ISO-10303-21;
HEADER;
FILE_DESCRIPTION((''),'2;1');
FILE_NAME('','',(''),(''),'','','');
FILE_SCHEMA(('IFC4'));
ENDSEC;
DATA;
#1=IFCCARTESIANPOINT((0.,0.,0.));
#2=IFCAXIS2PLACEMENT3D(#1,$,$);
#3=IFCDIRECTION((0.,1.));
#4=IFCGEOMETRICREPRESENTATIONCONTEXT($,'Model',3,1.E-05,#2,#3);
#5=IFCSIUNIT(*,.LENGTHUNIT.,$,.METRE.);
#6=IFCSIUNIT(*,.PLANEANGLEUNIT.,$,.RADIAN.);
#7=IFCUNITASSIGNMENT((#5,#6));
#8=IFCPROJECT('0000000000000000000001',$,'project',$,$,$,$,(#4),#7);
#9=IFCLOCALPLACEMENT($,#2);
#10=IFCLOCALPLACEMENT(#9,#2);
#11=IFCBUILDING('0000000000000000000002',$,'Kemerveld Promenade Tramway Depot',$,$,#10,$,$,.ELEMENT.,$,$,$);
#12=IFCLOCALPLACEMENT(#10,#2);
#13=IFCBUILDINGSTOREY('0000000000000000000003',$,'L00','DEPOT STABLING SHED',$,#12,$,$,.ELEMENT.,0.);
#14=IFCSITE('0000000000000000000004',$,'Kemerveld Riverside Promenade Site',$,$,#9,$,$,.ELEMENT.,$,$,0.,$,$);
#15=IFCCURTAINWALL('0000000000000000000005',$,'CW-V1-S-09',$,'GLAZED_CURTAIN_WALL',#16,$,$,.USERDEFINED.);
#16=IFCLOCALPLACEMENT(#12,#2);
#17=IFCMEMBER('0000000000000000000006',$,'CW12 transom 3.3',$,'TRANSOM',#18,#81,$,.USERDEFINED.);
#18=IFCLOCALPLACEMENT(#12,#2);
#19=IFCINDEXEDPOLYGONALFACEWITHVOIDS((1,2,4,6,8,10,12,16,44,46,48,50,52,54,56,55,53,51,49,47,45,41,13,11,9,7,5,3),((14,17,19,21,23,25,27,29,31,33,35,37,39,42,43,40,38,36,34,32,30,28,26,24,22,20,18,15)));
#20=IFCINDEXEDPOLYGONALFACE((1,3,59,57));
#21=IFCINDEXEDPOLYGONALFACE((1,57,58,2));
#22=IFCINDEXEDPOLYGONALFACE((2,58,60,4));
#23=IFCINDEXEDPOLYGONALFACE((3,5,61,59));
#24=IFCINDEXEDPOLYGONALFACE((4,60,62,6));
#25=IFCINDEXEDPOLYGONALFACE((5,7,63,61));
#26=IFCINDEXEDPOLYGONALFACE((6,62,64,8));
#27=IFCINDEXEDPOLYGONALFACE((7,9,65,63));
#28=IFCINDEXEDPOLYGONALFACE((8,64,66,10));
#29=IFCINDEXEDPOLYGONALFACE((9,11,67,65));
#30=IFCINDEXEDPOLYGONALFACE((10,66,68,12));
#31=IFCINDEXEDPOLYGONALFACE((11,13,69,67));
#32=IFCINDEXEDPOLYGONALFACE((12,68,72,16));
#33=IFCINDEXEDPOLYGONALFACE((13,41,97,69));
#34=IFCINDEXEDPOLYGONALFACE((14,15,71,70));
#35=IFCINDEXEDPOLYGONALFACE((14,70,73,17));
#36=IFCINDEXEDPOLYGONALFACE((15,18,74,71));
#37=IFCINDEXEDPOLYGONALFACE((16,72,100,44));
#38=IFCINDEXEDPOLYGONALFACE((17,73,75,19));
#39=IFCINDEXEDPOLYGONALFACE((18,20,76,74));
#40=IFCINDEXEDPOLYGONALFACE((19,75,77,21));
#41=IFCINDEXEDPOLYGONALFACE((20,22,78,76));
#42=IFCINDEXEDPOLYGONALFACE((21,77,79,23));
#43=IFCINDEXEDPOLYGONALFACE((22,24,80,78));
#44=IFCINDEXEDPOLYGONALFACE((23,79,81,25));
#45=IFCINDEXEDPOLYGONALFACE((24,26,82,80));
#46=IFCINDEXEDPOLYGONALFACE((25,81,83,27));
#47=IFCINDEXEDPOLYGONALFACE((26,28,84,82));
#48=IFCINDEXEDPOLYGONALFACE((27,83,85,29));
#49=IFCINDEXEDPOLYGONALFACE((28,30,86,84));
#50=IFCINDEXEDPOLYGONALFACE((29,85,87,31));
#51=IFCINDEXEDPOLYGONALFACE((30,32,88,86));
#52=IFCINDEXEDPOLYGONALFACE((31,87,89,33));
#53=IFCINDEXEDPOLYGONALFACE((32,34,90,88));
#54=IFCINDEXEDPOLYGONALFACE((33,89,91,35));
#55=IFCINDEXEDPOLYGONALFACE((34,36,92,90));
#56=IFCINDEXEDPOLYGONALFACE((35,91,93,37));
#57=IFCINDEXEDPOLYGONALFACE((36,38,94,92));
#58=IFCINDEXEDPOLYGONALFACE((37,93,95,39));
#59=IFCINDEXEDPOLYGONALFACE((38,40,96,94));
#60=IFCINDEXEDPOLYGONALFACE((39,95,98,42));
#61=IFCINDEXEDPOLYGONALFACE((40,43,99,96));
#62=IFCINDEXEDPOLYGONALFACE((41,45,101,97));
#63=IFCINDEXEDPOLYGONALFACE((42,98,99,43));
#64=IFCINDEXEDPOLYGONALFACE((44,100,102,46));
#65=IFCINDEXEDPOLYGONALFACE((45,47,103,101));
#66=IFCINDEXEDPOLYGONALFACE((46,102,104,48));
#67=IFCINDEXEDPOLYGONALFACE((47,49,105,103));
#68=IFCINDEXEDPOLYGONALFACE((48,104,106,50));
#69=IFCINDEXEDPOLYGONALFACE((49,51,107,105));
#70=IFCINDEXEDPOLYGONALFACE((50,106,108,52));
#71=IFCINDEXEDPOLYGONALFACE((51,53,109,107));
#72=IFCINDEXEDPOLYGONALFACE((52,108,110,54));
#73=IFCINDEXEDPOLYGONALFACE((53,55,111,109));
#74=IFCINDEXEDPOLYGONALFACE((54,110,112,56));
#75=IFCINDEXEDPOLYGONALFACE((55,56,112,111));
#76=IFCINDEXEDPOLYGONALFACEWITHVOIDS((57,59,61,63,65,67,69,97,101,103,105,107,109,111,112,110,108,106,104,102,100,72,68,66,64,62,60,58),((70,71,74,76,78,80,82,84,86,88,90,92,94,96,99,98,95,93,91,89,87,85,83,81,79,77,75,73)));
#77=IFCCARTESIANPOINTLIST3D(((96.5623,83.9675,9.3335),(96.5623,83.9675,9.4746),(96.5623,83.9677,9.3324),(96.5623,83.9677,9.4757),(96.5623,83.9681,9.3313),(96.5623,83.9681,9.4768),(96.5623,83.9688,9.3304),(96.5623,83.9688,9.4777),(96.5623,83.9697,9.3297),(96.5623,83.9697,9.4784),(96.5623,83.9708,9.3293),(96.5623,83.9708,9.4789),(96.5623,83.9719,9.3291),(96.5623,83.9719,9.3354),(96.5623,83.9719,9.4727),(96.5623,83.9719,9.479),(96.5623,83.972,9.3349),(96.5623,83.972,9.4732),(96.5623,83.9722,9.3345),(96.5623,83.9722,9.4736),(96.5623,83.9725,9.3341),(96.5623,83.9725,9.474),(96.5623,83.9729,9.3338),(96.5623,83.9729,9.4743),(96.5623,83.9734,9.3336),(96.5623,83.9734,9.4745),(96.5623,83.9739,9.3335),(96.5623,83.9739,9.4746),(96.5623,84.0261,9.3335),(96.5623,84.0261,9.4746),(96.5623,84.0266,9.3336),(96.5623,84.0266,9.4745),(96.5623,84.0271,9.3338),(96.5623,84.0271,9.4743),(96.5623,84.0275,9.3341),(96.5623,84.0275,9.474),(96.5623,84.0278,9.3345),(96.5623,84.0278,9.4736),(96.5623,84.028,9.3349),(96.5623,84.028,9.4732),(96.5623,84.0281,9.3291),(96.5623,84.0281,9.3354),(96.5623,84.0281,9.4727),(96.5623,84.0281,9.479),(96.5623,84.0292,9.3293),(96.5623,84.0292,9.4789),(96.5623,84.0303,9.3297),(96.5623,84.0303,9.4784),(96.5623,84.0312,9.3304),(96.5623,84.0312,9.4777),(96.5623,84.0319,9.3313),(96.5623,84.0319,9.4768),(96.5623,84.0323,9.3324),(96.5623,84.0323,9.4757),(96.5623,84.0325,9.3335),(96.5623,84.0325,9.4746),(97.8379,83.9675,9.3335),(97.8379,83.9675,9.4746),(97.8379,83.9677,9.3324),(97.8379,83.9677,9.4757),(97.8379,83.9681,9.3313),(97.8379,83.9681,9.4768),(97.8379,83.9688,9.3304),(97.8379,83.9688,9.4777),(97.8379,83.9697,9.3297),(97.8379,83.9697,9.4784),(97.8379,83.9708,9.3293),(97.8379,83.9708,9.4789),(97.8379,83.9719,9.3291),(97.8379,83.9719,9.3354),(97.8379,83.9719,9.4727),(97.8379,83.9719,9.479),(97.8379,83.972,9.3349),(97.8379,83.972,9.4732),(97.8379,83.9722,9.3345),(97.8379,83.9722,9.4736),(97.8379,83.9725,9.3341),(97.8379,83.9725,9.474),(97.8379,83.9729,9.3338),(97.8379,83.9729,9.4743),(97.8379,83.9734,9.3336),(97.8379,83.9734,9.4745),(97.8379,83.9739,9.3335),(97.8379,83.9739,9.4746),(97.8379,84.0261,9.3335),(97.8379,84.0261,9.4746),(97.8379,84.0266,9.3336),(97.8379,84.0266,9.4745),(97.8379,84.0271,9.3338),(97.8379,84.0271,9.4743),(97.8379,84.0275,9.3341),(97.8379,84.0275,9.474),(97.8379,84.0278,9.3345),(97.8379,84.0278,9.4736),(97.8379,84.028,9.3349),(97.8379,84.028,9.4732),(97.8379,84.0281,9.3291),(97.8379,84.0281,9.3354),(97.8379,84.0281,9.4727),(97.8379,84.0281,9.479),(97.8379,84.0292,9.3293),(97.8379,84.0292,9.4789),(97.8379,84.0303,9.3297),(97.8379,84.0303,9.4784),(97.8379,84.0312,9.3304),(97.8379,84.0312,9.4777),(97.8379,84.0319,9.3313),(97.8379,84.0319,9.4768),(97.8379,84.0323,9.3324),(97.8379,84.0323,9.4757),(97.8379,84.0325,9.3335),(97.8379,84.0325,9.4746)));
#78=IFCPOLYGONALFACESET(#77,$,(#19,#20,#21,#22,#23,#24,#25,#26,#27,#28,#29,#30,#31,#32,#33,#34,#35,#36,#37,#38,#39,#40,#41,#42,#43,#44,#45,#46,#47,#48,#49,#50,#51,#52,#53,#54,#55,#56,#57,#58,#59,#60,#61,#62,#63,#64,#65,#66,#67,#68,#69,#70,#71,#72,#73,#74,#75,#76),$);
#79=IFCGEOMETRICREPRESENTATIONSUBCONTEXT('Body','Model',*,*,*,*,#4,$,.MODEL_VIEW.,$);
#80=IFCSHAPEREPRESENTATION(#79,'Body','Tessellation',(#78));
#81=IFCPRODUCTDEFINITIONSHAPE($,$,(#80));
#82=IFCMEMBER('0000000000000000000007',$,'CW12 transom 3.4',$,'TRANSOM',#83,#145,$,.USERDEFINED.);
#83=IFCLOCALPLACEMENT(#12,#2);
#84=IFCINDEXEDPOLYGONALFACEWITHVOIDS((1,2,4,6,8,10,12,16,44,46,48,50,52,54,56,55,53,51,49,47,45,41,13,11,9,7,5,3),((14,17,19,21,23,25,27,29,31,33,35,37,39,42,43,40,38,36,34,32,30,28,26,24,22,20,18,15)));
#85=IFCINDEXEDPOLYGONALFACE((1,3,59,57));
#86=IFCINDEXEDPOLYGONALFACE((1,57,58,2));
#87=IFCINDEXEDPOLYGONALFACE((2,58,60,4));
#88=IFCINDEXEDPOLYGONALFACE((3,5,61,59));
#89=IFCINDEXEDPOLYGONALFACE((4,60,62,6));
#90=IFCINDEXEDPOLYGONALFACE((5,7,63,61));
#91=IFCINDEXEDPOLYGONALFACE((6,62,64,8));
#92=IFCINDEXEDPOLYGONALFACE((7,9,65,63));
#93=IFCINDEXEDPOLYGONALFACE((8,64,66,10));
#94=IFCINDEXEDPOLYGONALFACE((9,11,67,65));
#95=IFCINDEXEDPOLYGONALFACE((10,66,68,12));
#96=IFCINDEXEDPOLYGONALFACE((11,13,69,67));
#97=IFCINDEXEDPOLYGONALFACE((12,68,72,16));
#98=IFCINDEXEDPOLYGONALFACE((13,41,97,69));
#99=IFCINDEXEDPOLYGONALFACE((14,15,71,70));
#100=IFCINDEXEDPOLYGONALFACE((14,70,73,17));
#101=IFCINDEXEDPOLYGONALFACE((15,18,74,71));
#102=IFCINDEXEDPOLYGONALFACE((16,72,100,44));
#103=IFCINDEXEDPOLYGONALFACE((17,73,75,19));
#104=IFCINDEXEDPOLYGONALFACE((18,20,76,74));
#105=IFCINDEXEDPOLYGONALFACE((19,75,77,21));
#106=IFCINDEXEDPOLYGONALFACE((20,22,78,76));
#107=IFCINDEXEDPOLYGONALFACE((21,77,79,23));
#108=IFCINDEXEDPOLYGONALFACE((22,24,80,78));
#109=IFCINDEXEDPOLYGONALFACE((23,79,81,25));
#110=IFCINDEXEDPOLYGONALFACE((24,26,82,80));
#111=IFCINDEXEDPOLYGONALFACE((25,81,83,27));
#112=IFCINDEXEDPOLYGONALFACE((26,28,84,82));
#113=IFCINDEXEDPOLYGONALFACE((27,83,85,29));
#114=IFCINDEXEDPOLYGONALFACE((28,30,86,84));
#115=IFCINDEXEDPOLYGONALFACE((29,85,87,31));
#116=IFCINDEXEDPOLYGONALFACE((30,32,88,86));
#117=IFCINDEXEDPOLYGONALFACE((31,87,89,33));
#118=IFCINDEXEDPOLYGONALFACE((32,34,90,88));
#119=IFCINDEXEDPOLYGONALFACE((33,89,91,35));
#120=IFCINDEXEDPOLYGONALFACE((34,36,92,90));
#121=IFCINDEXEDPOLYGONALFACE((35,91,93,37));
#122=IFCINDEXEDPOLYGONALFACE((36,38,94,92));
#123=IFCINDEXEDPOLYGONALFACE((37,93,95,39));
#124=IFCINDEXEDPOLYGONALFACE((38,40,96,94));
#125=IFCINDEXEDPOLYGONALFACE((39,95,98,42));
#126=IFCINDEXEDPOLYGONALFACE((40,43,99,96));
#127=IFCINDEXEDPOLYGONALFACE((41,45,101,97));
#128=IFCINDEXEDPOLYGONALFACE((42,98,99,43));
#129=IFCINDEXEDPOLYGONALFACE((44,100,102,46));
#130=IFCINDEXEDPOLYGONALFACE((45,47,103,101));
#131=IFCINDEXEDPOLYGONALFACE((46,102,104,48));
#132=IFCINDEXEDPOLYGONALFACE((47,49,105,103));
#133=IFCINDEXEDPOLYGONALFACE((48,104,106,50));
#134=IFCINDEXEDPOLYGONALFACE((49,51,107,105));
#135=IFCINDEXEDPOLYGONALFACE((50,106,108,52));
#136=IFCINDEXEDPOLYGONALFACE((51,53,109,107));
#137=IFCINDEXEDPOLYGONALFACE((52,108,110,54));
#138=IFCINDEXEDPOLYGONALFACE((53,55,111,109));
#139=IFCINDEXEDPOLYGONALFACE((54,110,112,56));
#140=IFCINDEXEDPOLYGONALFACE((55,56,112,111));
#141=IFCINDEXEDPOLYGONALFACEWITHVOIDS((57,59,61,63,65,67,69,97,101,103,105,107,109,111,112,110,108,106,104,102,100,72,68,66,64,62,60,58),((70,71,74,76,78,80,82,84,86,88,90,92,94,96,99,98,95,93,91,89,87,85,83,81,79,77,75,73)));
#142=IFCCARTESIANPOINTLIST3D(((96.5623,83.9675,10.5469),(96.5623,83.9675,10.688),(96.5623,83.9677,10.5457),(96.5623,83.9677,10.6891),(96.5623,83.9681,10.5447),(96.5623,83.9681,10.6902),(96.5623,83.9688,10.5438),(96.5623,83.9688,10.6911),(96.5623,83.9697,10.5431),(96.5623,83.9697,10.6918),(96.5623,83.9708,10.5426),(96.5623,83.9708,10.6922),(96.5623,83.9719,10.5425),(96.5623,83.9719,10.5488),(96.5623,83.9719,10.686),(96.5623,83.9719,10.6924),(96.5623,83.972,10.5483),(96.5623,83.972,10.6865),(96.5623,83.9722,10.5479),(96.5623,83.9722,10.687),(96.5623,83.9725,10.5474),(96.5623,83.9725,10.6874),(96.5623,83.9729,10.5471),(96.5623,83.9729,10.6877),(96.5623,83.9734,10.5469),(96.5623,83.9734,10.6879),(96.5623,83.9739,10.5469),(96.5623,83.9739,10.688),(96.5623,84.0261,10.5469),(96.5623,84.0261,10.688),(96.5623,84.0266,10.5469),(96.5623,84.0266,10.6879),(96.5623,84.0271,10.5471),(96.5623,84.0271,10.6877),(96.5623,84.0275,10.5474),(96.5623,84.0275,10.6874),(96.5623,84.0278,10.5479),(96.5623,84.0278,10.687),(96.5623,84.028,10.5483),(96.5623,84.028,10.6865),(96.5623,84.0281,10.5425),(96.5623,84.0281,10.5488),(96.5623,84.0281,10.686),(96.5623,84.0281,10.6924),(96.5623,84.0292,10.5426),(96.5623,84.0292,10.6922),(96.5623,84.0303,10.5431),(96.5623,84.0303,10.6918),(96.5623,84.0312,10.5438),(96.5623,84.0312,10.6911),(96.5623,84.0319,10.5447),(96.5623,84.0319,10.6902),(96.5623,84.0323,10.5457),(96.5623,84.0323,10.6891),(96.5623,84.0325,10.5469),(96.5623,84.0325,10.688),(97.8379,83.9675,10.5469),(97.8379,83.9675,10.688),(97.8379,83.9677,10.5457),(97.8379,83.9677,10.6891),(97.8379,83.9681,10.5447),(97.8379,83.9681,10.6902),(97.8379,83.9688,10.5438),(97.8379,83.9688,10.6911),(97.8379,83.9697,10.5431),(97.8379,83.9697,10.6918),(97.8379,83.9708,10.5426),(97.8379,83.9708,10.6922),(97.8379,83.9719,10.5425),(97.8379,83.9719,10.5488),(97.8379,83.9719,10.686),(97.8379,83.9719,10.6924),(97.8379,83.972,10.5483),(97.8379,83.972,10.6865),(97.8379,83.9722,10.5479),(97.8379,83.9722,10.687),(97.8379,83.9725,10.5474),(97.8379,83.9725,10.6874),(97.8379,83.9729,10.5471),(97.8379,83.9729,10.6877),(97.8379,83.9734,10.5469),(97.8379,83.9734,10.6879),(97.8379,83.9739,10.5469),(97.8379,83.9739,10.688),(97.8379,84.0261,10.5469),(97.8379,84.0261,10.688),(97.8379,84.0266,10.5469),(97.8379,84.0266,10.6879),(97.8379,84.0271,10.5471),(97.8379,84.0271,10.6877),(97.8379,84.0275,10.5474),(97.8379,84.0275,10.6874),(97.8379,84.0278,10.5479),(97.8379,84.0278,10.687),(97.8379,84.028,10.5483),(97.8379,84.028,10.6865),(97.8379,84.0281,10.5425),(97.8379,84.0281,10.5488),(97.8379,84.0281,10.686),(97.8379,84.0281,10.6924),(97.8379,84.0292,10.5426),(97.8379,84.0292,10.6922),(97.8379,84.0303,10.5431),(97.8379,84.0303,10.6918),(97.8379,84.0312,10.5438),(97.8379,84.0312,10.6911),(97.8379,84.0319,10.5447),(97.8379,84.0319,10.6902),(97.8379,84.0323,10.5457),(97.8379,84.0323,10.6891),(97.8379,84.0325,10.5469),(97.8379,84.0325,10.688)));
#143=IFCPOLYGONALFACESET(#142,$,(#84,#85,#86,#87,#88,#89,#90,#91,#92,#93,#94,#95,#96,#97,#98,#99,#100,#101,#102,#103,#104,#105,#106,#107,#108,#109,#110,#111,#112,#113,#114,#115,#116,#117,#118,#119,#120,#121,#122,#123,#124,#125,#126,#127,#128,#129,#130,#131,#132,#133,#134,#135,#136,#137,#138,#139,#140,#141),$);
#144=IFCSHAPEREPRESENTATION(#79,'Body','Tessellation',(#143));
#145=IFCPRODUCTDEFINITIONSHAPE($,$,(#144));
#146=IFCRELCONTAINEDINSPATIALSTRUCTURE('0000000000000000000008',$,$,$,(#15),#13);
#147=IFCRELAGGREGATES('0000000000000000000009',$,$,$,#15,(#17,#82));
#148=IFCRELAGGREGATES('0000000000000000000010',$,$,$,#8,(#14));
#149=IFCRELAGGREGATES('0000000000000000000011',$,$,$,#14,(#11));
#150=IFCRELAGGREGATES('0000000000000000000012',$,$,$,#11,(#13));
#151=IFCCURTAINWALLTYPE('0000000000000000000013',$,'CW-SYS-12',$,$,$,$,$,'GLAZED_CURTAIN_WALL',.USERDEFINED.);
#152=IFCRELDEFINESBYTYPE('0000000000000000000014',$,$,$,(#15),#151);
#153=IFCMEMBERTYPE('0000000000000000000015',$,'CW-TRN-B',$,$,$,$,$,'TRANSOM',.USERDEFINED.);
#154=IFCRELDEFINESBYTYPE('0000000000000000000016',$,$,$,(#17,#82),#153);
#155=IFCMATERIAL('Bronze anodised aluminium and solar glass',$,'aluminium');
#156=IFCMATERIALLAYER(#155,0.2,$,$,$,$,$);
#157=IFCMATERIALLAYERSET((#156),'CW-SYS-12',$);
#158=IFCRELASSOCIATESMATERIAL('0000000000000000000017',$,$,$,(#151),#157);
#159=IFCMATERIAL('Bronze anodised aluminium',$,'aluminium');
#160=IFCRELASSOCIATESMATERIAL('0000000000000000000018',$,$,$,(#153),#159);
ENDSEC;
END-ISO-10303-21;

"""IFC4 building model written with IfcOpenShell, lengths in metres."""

from ifc_helpers import new_model, si_unit, direction, frame, origin, origin_2d, place, context, subcontext, project, spatial, hollow_rectangle, extrude, material, layer, layer_set, material_profile, profile_set, type_object, element, aggregate, save


model = new_model("IFC4")

# Units and contexts
model_context = context("Model", 3, precision=1e-05, world=origin(), true_north=direction((0.0, 1.0)))
body_context = subcontext(model_context, "Body", "Model", "MODEL_VIEW")
ifc_project = project(units=[si_unit("LENGTHUNIT", "METRE"), si_unit("PLANEANGLEUNIT", "RADIAN")], contexts=[model_context])

# Site, building, storey
site_placement = place(None, origin())
site = spatial("IfcSite", under=ifc_project, at=site_placement, Name="Kemerveld Riverside Promenade Site", CompositionType="ELEMENT", RefElevation=0.0)
building_placement = place(site_placement, origin())
building = spatial("IfcBuilding", under=site, at=building_placement, Name="Kemerveld Promenade Tramway Depot", CompositionType="ELEMENT")
storey_placement = place(building_placement, origin())
storey = spatial("IfcBuildingStorey", under=building, at=storey_placement, Name="L00", Description="DEPOT STABLING SHED", CompositionType="ELEMENT", Elevation=0.0)

# Curtain wall, members
ifc_material_1 = material(Name="Bronze anodised aluminium and solar glass", Category="aluminium")
ifc_layer_1 = layer(ifc_material_1, 0.2)
ifc_layer_set_1 = layer_set([ifc_layer_1], Name="CW-SYS-12")
curtain_wall_type = type_object("IfcCurtainWallType", Name="CW-SYS-12", ElementType="GLAZED_CURTAIN_WALL", PredefinedType="USERDEFINED", material=ifc_layer_set_1)
curtain_wall_placement = place(storey_placement, origin())
curtain_wall = element("IfcCurtainWall", 1, at=curtain_wall_placement, inside=storey, type_object=curtain_wall_type, Name="CW-V1-S-09", ObjectType="GLAZED_CURTAIN_WALL", PredefinedType="USERDEFINED")
ifc_material_2 = material(Name="Bronze anodised aluminium", Category="aluminium")
ifc_material_profile_1 = material_profile(ifc_material_2, hollow_rectangle(XDim=0.0649, YDim=0.1499, WallThickness=0.0044, InnerFilletRadius=0.002, OuterFilletRadius=0.0044, at=origin_2d()), Name="CW-TRN-150x65")
ifc_profile_set_1 = profile_set([ifc_material_profile_1], Name="Bronze anodised aluminium")
member_type_1 = type_object("IfcMemberType", Name="CW-TRN-B", ElementType="TRANSOM", PredefinedType="USERDEFINED", material=ifc_profile_set_1)
member_1_placement = place(storey_placement, frame((97.8379, 84.0, 9.4041), z_axis=(-1.0, 0.0, 0.0), x_axis=(0.0, -1.0, 0.0)))
member_1 = element("IfcMember", 2, at=member_1_placement, type_object=member_type_1, Name="CW12 transom 3.3", ObjectType="TRANSOM", PredefinedType="USERDEFINED", context=body_context, shape_type="SweptSolid", body=[
    extrude(hollow_rectangle(XDim=0.0649, YDim=0.1499, WallThickness=0.0044, InnerFilletRadius=0.002, OuterFilletRadius=0.0044, at=origin_2d()), origin(), (0.0, 0.0, 1.0), 1.2756),
])
member_2_placement = place(storey_placement, frame((97.8379, 84.0, 10.6174), z_axis=(-1.0, 0.0, 0.0), x_axis=(0.0, -1.0, 0.0)))
member_2 = element("IfcMember", 3, at=member_2_placement, type_object=member_type_1, Name="CW12 transom 3.4", ObjectType="TRANSOM", PredefinedType="USERDEFINED", context=body_context, shape_type="SweptSolid", body=[
    extrude(hollow_rectangle(XDim=0.0649, YDim=0.1499, WallThickness=0.0044, InnerFilletRadius=0.002, OuterFilletRadius=0.0044, at=origin_2d()), origin(), (0.0, 0.0, 1.0), 1.2756),
])
aggregate(curtain_wall, [member_1, member_2])

save(model, "model.ifc")
